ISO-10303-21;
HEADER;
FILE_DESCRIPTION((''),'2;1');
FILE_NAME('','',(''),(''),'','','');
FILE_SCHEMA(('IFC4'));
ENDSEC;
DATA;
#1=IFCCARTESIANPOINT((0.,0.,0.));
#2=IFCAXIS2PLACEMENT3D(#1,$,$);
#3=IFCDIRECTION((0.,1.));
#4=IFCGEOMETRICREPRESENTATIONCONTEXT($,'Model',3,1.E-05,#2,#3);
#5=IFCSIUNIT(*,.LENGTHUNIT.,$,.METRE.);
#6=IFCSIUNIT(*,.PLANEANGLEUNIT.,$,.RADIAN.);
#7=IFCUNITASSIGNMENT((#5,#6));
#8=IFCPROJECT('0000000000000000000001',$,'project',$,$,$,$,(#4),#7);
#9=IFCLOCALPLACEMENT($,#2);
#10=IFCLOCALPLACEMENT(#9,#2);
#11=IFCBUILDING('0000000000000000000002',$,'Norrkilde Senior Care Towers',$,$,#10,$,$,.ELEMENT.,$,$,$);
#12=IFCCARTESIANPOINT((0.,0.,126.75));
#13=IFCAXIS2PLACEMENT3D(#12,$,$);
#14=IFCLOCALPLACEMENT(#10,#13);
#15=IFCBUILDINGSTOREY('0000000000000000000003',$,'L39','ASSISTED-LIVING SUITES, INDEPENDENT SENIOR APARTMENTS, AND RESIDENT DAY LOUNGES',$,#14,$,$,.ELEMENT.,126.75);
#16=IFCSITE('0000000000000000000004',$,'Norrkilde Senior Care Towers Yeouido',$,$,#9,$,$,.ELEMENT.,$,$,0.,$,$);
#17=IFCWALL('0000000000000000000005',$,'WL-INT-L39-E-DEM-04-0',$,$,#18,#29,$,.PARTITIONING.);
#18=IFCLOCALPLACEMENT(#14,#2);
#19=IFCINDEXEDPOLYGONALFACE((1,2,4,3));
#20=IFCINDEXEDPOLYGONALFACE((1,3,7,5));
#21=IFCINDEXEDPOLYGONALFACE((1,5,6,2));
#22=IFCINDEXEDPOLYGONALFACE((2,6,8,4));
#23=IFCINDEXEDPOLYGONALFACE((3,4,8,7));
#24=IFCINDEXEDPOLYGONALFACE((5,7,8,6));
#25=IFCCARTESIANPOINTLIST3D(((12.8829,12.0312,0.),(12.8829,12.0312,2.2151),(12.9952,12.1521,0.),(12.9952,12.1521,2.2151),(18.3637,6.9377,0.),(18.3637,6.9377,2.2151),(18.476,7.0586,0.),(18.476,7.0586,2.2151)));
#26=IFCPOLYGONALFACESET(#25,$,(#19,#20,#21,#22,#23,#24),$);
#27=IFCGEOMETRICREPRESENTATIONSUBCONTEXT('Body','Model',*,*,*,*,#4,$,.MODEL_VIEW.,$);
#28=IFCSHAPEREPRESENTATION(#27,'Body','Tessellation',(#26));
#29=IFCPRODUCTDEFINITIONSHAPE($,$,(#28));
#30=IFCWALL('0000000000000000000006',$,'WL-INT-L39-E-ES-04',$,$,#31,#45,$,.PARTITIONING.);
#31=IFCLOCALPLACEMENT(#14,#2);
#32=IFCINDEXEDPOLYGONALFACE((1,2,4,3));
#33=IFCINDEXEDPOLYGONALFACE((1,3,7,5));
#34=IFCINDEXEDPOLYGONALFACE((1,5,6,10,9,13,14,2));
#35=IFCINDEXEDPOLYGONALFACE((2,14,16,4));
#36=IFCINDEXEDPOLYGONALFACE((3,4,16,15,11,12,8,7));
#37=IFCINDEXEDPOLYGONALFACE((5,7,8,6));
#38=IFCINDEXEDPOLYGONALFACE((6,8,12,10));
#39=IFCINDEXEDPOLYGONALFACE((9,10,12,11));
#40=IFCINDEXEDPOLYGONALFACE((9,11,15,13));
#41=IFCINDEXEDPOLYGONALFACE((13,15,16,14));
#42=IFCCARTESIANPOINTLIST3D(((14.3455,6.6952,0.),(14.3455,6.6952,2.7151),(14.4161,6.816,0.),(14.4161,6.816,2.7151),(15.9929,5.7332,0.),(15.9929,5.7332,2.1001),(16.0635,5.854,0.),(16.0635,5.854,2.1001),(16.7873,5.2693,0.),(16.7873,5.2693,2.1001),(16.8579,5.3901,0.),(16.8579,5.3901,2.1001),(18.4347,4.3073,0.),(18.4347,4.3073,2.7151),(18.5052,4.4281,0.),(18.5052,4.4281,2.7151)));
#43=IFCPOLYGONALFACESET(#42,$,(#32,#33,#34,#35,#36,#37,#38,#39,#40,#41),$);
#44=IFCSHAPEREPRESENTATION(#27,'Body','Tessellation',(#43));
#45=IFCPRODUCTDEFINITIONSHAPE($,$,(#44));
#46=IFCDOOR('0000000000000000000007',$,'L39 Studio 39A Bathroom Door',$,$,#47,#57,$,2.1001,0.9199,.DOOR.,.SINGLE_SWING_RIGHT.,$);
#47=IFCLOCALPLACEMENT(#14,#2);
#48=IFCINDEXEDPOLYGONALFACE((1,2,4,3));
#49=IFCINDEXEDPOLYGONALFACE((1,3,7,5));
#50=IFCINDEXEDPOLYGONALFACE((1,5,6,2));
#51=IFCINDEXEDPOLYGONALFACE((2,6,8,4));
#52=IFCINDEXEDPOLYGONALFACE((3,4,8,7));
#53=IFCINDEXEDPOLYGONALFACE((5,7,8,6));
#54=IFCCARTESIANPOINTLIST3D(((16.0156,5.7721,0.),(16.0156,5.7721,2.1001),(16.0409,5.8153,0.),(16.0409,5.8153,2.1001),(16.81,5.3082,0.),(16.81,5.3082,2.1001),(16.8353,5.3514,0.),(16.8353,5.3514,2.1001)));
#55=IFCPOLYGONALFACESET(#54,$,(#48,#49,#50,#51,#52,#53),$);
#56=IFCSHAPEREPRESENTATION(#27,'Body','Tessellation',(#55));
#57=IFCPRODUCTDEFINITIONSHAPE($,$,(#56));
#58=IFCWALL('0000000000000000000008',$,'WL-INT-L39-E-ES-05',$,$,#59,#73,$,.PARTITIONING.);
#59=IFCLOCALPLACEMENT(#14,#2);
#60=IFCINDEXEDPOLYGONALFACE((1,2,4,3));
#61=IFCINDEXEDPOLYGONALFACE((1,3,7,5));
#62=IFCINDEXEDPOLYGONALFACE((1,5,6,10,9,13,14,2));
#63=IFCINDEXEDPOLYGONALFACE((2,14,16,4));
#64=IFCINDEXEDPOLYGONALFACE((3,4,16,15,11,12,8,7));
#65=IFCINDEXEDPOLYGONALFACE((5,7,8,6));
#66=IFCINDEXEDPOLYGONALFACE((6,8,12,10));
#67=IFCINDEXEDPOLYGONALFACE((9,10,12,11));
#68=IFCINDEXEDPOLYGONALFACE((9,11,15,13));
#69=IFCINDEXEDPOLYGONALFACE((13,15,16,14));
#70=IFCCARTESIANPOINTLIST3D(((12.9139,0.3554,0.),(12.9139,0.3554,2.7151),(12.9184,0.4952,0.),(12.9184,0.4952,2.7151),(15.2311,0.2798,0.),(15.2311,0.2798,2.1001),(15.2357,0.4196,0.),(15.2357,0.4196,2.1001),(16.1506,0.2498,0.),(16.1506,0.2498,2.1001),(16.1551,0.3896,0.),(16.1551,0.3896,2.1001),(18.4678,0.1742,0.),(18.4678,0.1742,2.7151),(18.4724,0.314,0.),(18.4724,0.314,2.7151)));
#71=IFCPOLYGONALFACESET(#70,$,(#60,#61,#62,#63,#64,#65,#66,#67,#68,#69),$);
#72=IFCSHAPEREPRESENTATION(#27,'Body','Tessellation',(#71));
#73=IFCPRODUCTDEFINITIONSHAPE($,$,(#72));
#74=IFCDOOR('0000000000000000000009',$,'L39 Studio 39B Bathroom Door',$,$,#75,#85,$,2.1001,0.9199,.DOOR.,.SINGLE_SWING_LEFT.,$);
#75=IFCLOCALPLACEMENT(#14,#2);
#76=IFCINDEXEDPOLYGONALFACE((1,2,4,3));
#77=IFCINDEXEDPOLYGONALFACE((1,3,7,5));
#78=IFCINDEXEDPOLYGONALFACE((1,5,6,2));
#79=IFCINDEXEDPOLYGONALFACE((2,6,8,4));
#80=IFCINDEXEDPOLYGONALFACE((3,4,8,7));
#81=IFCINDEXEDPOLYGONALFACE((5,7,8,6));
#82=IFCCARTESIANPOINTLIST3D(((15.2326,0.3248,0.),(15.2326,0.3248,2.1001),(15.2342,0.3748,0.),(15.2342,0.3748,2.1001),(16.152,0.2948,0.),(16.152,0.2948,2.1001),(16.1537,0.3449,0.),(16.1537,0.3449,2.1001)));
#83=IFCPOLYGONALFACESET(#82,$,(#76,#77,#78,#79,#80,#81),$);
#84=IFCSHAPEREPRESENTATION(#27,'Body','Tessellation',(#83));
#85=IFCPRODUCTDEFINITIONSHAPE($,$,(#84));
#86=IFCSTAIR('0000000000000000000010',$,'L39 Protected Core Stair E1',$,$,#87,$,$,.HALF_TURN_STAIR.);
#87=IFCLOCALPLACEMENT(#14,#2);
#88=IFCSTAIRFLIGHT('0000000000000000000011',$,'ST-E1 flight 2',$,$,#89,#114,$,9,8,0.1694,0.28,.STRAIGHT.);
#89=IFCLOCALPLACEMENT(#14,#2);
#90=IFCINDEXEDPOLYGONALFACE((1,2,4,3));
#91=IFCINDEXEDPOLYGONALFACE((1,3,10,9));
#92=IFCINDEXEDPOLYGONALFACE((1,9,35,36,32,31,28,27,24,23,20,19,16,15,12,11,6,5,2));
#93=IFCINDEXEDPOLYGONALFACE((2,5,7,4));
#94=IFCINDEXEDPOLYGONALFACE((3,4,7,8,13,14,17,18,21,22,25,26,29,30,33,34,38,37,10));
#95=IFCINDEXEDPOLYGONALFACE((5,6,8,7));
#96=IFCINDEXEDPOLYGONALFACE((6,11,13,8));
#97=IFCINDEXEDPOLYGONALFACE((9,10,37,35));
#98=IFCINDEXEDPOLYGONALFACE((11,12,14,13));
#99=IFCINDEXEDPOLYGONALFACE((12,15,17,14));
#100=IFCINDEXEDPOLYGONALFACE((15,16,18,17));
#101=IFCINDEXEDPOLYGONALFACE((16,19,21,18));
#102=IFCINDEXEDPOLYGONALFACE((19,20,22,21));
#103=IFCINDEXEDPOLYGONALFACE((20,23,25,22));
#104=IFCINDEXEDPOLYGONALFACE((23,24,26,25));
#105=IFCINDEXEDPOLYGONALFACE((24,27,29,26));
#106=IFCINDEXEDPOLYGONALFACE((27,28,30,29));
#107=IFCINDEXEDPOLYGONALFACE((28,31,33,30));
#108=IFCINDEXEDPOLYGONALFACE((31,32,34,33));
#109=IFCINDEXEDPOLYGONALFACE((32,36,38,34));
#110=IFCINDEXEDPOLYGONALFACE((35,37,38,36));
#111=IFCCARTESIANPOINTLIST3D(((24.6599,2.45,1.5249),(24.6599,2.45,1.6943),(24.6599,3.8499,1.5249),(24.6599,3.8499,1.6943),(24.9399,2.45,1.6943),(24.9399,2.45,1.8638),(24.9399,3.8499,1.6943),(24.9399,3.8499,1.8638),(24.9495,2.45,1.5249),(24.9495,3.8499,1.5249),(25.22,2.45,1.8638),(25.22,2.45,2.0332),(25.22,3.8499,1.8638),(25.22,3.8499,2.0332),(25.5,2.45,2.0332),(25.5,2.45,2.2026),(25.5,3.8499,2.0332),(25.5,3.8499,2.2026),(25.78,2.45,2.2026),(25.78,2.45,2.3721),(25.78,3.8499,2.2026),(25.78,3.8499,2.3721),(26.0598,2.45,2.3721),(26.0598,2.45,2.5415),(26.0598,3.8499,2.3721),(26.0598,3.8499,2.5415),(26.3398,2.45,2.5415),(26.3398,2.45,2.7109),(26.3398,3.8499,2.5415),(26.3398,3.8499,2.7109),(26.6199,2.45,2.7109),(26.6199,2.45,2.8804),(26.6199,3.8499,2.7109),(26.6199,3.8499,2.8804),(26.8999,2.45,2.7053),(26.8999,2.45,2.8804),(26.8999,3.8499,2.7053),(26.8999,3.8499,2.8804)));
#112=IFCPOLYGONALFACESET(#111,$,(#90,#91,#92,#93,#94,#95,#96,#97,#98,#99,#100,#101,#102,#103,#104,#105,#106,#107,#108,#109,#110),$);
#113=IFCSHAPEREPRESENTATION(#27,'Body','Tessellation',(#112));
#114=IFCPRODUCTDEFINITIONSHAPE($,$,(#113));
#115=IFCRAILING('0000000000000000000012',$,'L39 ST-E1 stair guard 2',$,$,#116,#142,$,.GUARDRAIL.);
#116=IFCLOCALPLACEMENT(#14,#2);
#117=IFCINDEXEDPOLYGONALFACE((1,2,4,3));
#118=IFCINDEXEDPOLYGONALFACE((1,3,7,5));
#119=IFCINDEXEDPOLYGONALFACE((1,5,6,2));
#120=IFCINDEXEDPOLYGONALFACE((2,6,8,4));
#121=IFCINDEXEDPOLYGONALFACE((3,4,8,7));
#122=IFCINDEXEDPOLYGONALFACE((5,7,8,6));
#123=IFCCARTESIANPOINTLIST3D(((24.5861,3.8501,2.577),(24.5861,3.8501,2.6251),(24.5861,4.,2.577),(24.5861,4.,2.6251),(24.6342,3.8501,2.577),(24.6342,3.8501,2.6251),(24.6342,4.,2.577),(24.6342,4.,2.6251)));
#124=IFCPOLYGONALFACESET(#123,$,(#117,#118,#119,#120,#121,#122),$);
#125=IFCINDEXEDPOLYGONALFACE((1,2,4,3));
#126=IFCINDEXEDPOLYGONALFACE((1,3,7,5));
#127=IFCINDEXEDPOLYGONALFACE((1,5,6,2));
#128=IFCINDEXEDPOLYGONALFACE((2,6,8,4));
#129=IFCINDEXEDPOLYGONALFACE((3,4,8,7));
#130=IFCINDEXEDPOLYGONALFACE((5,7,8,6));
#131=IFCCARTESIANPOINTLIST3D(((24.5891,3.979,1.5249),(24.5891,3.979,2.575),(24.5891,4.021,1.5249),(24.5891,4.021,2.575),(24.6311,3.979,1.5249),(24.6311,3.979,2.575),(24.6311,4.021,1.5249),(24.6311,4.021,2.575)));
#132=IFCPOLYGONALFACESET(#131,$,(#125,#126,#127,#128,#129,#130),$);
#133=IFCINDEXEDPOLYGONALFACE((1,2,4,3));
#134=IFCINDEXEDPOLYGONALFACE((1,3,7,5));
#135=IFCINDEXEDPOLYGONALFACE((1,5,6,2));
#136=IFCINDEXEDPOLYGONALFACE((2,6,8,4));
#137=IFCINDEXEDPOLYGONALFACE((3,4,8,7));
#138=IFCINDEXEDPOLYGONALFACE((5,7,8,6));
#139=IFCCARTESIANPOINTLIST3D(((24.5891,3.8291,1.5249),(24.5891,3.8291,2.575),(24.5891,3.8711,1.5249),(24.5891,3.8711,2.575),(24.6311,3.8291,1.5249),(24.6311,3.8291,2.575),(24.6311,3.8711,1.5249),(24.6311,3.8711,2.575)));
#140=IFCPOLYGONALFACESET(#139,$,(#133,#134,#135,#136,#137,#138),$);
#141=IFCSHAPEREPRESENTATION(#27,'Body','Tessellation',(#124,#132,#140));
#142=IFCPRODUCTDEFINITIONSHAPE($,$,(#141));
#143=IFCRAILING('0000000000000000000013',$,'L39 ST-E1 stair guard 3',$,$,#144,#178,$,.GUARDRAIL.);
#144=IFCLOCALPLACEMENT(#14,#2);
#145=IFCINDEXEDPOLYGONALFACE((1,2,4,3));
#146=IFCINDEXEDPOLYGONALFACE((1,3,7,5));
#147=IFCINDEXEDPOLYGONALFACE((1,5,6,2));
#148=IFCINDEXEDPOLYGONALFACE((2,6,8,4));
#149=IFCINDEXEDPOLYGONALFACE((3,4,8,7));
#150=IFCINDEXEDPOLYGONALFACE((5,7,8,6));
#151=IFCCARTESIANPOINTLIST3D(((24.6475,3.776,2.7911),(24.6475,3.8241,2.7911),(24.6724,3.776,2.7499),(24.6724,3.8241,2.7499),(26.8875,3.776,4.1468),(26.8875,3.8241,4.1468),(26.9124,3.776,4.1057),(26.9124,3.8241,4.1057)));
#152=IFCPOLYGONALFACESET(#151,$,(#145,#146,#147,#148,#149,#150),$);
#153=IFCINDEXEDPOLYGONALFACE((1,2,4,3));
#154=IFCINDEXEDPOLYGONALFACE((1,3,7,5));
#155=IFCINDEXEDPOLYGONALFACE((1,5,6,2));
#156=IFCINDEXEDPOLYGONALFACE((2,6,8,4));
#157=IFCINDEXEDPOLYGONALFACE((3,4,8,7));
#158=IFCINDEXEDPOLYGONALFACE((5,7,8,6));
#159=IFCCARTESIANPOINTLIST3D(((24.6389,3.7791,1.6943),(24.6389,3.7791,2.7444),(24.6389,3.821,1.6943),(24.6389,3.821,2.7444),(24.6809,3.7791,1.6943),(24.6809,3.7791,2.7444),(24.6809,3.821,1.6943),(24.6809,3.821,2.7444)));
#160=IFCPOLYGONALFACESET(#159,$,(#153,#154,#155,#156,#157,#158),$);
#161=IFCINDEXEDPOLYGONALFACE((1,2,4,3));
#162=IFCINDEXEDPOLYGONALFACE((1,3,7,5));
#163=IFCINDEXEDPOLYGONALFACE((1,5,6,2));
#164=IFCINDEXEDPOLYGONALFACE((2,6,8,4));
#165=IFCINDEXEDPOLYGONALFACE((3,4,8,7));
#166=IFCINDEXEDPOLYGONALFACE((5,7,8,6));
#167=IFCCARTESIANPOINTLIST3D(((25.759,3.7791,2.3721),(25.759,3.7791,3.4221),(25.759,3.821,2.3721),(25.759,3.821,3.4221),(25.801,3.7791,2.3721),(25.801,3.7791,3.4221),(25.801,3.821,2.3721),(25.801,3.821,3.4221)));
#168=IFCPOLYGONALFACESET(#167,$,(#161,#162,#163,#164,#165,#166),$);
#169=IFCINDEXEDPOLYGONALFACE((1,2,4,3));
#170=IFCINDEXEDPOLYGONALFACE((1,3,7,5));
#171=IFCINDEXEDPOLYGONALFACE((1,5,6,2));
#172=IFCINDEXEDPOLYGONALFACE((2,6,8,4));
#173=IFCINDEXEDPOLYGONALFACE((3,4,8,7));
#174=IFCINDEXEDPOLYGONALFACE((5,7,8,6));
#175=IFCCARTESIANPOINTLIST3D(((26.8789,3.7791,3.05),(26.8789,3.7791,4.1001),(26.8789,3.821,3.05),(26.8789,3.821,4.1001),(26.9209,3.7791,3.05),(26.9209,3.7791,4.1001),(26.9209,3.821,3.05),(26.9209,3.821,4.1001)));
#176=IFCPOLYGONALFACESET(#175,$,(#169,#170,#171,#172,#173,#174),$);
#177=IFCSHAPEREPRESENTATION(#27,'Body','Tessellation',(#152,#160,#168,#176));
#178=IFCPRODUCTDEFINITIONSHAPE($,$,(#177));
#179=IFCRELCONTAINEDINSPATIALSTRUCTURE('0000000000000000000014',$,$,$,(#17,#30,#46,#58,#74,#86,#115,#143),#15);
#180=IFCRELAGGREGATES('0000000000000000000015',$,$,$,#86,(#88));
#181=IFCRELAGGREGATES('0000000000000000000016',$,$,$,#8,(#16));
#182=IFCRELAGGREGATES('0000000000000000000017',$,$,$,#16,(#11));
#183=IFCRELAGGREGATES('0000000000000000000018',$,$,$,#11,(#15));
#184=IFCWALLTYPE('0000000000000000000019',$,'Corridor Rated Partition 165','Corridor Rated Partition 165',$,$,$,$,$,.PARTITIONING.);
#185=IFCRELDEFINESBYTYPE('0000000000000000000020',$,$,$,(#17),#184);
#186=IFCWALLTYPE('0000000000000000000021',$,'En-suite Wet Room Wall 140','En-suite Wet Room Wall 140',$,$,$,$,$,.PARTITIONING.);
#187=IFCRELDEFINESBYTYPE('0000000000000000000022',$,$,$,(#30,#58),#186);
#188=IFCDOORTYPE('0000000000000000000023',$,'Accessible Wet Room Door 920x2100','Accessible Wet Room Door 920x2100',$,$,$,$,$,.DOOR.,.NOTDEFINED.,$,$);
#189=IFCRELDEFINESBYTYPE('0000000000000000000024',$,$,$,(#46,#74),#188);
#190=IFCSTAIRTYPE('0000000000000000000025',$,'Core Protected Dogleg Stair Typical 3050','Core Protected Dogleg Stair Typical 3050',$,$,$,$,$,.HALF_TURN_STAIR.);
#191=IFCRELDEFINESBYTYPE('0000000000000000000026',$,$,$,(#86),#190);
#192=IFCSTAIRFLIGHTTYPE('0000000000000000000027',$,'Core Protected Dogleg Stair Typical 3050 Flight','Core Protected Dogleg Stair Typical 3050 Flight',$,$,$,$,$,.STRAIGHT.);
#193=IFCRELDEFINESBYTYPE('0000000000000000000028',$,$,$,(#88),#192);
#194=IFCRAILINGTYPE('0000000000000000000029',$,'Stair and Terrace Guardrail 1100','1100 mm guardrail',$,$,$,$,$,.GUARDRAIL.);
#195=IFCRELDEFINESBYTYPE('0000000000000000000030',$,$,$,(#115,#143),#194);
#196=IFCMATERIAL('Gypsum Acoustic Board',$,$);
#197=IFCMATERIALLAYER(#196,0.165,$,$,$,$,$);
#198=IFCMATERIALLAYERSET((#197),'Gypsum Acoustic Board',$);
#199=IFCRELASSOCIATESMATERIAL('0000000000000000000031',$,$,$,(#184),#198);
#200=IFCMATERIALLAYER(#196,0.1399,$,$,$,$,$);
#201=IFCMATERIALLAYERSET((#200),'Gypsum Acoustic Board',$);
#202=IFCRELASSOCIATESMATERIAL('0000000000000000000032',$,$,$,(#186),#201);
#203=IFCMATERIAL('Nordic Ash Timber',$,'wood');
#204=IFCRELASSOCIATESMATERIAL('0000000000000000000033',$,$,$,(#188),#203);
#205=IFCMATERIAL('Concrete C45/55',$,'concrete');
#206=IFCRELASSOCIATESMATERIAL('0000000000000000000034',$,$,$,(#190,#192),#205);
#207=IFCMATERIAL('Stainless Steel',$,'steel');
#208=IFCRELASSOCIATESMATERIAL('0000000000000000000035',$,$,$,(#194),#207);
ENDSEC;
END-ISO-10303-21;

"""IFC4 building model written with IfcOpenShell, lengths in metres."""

from ifc_helpers import new_model, si_unit, direction, frame, frame_2d, origin, origin_2d, place, context, subcontext, project, spatial, polyline, rectangle, outline, extrude, source, transform, mapped, material, layer, layer_set, type_object, type_shapes, element, fill, aggregate, save


model = new_model("IFC4")

# Units and contexts
model_context = context("Model", 3, precision=1e-05, world=origin(), true_north=direction((0.0, 1.0)))
body_context = subcontext(model_context, "Body", "Model", "MODEL_VIEW")
ifc_project = project(units=[si_unit("LENGTHUNIT", "METRE"), si_unit("PLANEANGLEUNIT", "RADIAN")], contexts=[model_context])

# Site, building, storey
site_placement = place(None, origin())
site = spatial("IfcSite", under=ifc_project, at=site_placement, Name="Norrkilde Senior Care Towers Yeouido", CompositionType="ELEMENT", RefElevation=0.0)
building_placement = place(site_placement, origin())
building = spatial("IfcBuilding", under=site, at=building_placement, Name="Norrkilde Senior Care Towers", CompositionType="ELEMENT")
storey_placement = place(building_placement, frame((0.0, 0.0, 126.75)))
storey = spatial("IfcBuildingStorey", under=building, at=storey_placement, Name="L39", Description="ASSISTED-LIVING SUITES, INDEPENDENT SENIOR APARTMENTS, AND RESIDENT DAY LOUNGES", CompositionType="ELEMENT", Elevation=126.75)

# Shared definitions
ifc_material_1 = material(Name="Concrete C45/55", Category="concrete")

# Shared definitions
ifc_material_2 = material(Name="Gypsum Acoustic Board")
ifc_layer_1 = layer(ifc_material_2, 0.165)
ifc_layer_set_1 = layer_set([ifc_layer_1], Name="Gypsum Acoustic Board")
wall_type_1 = type_object("IfcWallType", Name="Corridor Rated Partition 165", Description="Corridor Rated Partition 165", PredefinedType="PARTITIONING", material=ifc_layer_set_1)
ifc_material_3 = material(Name="Nordic Ash Timber", Category="wood")

# Wall
shared_shape_1 = source(origin(), body_context, "Body", "SweptSolid", [
    extrude(rectangle(XDim=7.4822, YDim=0.165, at=frame_2d((3.7412, 0.0))), origin(), (0.0, 0.0, 1.0), 2.2151),
])
wall_1_placement = place(storey_placement, frame((18.4199, 6.998, 0.0), z_axis=(0.0, 0.0, 1.0), x_axis=(-0.732509, 0.680758, 0.0)))
element("IfcWall", 1, at=wall_1_placement, inside=storey, type_object=wall_type_1, Name="WL-INT-L39-E-DEM-04-0", PredefinedType="PARTITIONING", context=body_context, shape_type="MappedRepresentation", body=[
    mapped(shared_shape_1, transform((0.0, 0.0, 0.0), x_axis=(1.0, 0.0, 0.0), y_axis=(0.0, 1.0, 0.0), z_axis=(0.0, 0.0, 1.0), scale=1.0)),
])

# Walls, openings, doors
ifc_layer_2 = layer(ifc_material_2, 0.1399)
ifc_layer_set_2 = layer_set([ifc_layer_2], Name="Gypsum Acoustic Board")
wall_type_2 = type_object("IfcWallType", Name="En-suite Wet Room Wall 140", Description="En-suite Wet Room Wall 140", PredefinedType="PARTITIONING", material=ifc_layer_set_2)
shared_shape_2 = source(origin(), body_context, "Body", "SweptSolid", [
    extrude(rectangle(XDim=4.7354, YDim=0.1399, at=frame_2d((2.3677, 0.0))), origin(), (0.0, 0.0, 1.0), 2.7151),
])
wall_2_placement = place(storey_placement, frame((18.47, 4.3677, 0.0), z_axis=(0.0, 0.0, 1.0), x_axis=(-0.863538, 0.504284, 0.0)))
wall_2 = element("IfcWall", 2, at=wall_2_placement, inside=storey, type_object=wall_type_2, Name="WL-INT-L39-E-ES-04", PredefinedType="PARTITIONING", context=body_context, shape_type="MappedRepresentation", body=[
    mapped(shared_shape_2, transform((0.0, 0.0, 0.0), x_axis=(1.0, 0.0, 0.0), y_axis=(0.0, 1.0, 0.0), z_axis=(0.0, 0.0, 1.0), scale=1.0)),
])
opening_1_placement = place(wall_2_placement, frame((1.9077, 0.0, 0.0)))
opening_1 = element("IfcOpeningElement", 3, at=opening_1_placement, cuts=wall_2, PredefinedType="OPENING", context=body_context, shape_type="SweptSolid", body=[
    extrude(rectangle(XDim=0.9199, YDim=2.1001, at=frame_2d((0.46, 1.05))), frame((0.0, 0.0798, 0.0), z_axis=(0.0, -1.0, 0.0), x_axis=(1.0, 0.0, 0.0)), (0.0, 0.0, 1.0), 0.1599),
])
door_type_1 = type_object("IfcDoorType", Name="Accessible Wet Room Door 920x2100", Description="Accessible Wet Room Door 920x2100", OperationType="NOTDEFINED", PredefinedType="DOOR", material=ifc_material_3)
shared_shape_3 = source(origin(), body_context, "Body", "SweptSolid", [
    extrude(rectangle(XDim=0.9199, YDim=2.1001, at=frame_2d((0.46, 1.05))), frame((0.0, 0.0249, 0.0), z_axis=(0.0, -1.0, 0.0), x_axis=(1.0, 0.0, 0.0)), (0.0, 0.0, 1.0), 0.05),
])
type_shapes(door_type_1, [shared_shape_3])
door_1_placement = place(opening_1_placement, origin())
door_1 = element("IfcDoor", 4, at=door_1_placement, inside=storey, type_object=door_type_1, Name="L39 Studio 39A Bathroom Door", OperationType="SINGLE_SWING_RIGHT", OverallHeight=2.1001, OverallWidth=0.9199, PredefinedType="DOOR", context=body_context, shape_type="MappedRepresentation", body=[
    mapped(shared_shape_3, transform((0.0, 0.0, 0.0), x_axis=(1.0, 0.0, 0.0), y_axis=(0.0, 1.0, 0.0), z_axis=(0.0, 0.0, 1.0), scale=1.0)),
])
fill(opening_1, door_1)
shared_shape_4 = source(origin(), body_context, "Body", "SweptSolid", [
    extrude(rectangle(XDim=5.5569, YDim=0.1399, at=frame_2d((2.7783, 0.0))), origin(), (0.0, 0.0, 1.0), 2.7151),
])
type_shapes(wall_type_2, [shared_shape_2, shared_shape_4])
wall_3_placement = place(storey_placement, frame((18.47, 0.2441, 0.0), z_axis=(0.0, 0.0, 1.0), x_axis=(-0.999468, 0.032599, 0.0)))
wall_3 = element("IfcWall", 5, at=wall_3_placement, inside=storey, type_object=wall_type_2, Name="WL-INT-L39-E-ES-05", PredefinedType="PARTITIONING", context=body_context, shape_type="MappedRepresentation", body=[
    mapped(shared_shape_4, transform((0.0, 0.0, 0.0), x_axis=(1.0, 0.0, 0.0), y_axis=(0.0, 1.0, 0.0), z_axis=(0.0, 0.0, 1.0), scale=1.0)),
])
opening_2_placement = place(wall_3_placement, frame((2.3184, 0.0, 0.0)))
opening_2 = element("IfcOpeningElement", 6, at=opening_2_placement, cuts=wall_3, PredefinedType="OPENING", context=body_context, shape_type="SweptSolid", body=[
    extrude(rectangle(XDim=0.9199, YDim=2.1001, at=frame_2d((0.46, 1.05))), frame((0.0, 0.0798, 0.0), z_axis=(0.0, -1.0, 0.0), x_axis=(1.0, 0.0, 0.0)), (0.0, 0.0, 1.0), 0.1599),
])
door_2_placement = place(opening_2_placement, origin())
door_2 = element("IfcDoor", 7, at=door_2_placement, inside=storey, type_object=door_type_1, Name="L39 Studio 39B Bathroom Door", OperationType="SINGLE_SWING_LEFT", OverallHeight=2.1001, OverallWidth=0.9199, PredefinedType="DOOR", context=body_context, shape_type="MappedRepresentation", body=[
    mapped(shared_shape_3, transform((0.0, 0.0, 0.0), x_axis=(1.0, 0.0, 0.0), y_axis=(0.0, 1.0, 0.0), z_axis=(0.0, 0.0, 1.0), scale=1.0)),
])
fill(opening_2, door_2)

# Stair, stair flight
stair_type = type_object("IfcStairType", Name="Core Protected Dogleg Stair Typical 3050", Description="Core Protected Dogleg Stair Typical 3050", PredefinedType="HALF_TURN_STAIR", material=ifc_material_1)
stair_placement = place(storey_placement, origin())
stair = element("IfcStair", 8, at=stair_placement, inside=storey, type_object=stair_type, Name="L39 Protected Core Stair E1", PredefinedType="HALF_TURN_STAIR")
stair_flight_type = type_object("IfcStairFlightType", Name="Core Protected Dogleg Stair Typical 3050 Flight", Description="Core Protected Dogleg Stair Typical 3050 Flight", PredefinedType="STRAIGHT", material=ifc_material_1)
stair_flight_placement = place(storey_placement, frame((24.6599, 3.1499, 1.5249), z_axis=(0.0, 0.0, 1.0), x_axis=(1.0, 0.0, 0.0)))
stair_flight = element("IfcStairFlight", 9, at=stair_flight_placement, type_object=stair_flight_type, Name="ST-E1 flight 2", NumberOfRisers=9, NumberOfTreads=8, PredefinedType="STRAIGHT", RiserHeight=0.1694, TreadLength=0.28, context=body_context, shape_type="SweptSolid", body=[
    extrude(outline(polyline([(0.0, 0.0), (0.0, 0.1694), (0.28, 0.1694), (0.28, 0.3389), (0.5601, 0.3389), (0.5601, 0.5083), (0.8401, 0.5083), (0.8401, 0.6777), (1.1201, 0.6777), (1.1201, 0.8472), (1.3999, 0.8472), (1.3999, 1.0166), (1.6799, 1.0166), (1.6799, 1.186), (1.96, 1.186), (1.96, 1.3555), (2.24, 1.3555), (2.24, 1.5249), (2.24, 1.1804), (0.2896, 0.0), (0.0, 0.0)])), frame((0.0, 0.7, 0.0), z_axis=(0.0, -1.0, 0.0), x_axis=(1.0, 0.0, 0.0)), (0.0, 0.0, 1.0), 1.3999),
])
aggregate(stair, [stair_flight])

# Railings
ifc_material_4 = material(Name="Stainless Steel", Category="steel")
railing_type_1 = type_object("IfcRailingType", Name="Stair and Terrace Guardrail 1100", Description="1100 mm guardrail", PredefinedType="GUARDRAIL", material=ifc_material_4)
railing_1_placement = place(storey_placement, frame((24.6101, 4.0, 1.5249)))
element("IfcRailing", 10, at=railing_1_placement, inside=storey, type_object=railing_type_1, Name="L39 ST-E1 stair guard 2", PredefinedType="GUARDRAIL", context=body_context, shape_type="SweptSolid", body=[
    extrude(rectangle(XDim=0.0481, YDim=0.0481, at=origin_2d()), frame((0.0, 0.0, 1.0762), z_axis=(0.0, -1.0, 0.0), x_axis=(1.0, 0.0, 0.0)), (0.0, 0.0, 1.0), 0.1499),
    extrude(rectangle(XDim=0.042, YDim=0.042, at=origin_2d()), origin(), (0.0, 0.0, 1.0), 1.05),
    extrude(rectangle(XDim=0.042, YDim=0.042, at=origin_2d()), frame((0.0, -0.1499, 0.0)), (0.0, 0.0, 1.0), 1.05),
])
railing_2_placement = place(storey_placement, frame((24.6599, 3.8, 1.6943)))
element("IfcRailing", 11, at=railing_2_placement, inside=storey, type_object=railing_type_1, Name="L39 ST-E1 stair guard 3", PredefinedType="GUARDRAIL", context=body_context, shape_type="SweptSolid", body=[
    extrude(rectangle(XDim=0.0481, YDim=0.0481, at=origin_2d()), frame((0.0, 0.0, 1.0762), z_axis=(0.855512, 0.0, 0.517783), x_axis=(0.0, 1.0, 0.0)), (0.0, 0.0, 1.0), 2.6184),
    extrude(rectangle(XDim=0.042, YDim=0.042, at=origin_2d()), origin(), (0.0, 0.0, 1.0), 1.05),
    extrude(rectangle(XDim=0.042, YDim=0.042, at=origin_2d()), frame((1.1201, 0.0, 0.6777)), (0.0, 0.0, 1.0), 1.05),
    extrude(rectangle(XDim=0.042, YDim=0.042, at=origin_2d()), frame((2.24, 0.0, 1.3557)), (0.0, 0.0, 1.0), 1.05),
])

save(model, "model.ifc")
